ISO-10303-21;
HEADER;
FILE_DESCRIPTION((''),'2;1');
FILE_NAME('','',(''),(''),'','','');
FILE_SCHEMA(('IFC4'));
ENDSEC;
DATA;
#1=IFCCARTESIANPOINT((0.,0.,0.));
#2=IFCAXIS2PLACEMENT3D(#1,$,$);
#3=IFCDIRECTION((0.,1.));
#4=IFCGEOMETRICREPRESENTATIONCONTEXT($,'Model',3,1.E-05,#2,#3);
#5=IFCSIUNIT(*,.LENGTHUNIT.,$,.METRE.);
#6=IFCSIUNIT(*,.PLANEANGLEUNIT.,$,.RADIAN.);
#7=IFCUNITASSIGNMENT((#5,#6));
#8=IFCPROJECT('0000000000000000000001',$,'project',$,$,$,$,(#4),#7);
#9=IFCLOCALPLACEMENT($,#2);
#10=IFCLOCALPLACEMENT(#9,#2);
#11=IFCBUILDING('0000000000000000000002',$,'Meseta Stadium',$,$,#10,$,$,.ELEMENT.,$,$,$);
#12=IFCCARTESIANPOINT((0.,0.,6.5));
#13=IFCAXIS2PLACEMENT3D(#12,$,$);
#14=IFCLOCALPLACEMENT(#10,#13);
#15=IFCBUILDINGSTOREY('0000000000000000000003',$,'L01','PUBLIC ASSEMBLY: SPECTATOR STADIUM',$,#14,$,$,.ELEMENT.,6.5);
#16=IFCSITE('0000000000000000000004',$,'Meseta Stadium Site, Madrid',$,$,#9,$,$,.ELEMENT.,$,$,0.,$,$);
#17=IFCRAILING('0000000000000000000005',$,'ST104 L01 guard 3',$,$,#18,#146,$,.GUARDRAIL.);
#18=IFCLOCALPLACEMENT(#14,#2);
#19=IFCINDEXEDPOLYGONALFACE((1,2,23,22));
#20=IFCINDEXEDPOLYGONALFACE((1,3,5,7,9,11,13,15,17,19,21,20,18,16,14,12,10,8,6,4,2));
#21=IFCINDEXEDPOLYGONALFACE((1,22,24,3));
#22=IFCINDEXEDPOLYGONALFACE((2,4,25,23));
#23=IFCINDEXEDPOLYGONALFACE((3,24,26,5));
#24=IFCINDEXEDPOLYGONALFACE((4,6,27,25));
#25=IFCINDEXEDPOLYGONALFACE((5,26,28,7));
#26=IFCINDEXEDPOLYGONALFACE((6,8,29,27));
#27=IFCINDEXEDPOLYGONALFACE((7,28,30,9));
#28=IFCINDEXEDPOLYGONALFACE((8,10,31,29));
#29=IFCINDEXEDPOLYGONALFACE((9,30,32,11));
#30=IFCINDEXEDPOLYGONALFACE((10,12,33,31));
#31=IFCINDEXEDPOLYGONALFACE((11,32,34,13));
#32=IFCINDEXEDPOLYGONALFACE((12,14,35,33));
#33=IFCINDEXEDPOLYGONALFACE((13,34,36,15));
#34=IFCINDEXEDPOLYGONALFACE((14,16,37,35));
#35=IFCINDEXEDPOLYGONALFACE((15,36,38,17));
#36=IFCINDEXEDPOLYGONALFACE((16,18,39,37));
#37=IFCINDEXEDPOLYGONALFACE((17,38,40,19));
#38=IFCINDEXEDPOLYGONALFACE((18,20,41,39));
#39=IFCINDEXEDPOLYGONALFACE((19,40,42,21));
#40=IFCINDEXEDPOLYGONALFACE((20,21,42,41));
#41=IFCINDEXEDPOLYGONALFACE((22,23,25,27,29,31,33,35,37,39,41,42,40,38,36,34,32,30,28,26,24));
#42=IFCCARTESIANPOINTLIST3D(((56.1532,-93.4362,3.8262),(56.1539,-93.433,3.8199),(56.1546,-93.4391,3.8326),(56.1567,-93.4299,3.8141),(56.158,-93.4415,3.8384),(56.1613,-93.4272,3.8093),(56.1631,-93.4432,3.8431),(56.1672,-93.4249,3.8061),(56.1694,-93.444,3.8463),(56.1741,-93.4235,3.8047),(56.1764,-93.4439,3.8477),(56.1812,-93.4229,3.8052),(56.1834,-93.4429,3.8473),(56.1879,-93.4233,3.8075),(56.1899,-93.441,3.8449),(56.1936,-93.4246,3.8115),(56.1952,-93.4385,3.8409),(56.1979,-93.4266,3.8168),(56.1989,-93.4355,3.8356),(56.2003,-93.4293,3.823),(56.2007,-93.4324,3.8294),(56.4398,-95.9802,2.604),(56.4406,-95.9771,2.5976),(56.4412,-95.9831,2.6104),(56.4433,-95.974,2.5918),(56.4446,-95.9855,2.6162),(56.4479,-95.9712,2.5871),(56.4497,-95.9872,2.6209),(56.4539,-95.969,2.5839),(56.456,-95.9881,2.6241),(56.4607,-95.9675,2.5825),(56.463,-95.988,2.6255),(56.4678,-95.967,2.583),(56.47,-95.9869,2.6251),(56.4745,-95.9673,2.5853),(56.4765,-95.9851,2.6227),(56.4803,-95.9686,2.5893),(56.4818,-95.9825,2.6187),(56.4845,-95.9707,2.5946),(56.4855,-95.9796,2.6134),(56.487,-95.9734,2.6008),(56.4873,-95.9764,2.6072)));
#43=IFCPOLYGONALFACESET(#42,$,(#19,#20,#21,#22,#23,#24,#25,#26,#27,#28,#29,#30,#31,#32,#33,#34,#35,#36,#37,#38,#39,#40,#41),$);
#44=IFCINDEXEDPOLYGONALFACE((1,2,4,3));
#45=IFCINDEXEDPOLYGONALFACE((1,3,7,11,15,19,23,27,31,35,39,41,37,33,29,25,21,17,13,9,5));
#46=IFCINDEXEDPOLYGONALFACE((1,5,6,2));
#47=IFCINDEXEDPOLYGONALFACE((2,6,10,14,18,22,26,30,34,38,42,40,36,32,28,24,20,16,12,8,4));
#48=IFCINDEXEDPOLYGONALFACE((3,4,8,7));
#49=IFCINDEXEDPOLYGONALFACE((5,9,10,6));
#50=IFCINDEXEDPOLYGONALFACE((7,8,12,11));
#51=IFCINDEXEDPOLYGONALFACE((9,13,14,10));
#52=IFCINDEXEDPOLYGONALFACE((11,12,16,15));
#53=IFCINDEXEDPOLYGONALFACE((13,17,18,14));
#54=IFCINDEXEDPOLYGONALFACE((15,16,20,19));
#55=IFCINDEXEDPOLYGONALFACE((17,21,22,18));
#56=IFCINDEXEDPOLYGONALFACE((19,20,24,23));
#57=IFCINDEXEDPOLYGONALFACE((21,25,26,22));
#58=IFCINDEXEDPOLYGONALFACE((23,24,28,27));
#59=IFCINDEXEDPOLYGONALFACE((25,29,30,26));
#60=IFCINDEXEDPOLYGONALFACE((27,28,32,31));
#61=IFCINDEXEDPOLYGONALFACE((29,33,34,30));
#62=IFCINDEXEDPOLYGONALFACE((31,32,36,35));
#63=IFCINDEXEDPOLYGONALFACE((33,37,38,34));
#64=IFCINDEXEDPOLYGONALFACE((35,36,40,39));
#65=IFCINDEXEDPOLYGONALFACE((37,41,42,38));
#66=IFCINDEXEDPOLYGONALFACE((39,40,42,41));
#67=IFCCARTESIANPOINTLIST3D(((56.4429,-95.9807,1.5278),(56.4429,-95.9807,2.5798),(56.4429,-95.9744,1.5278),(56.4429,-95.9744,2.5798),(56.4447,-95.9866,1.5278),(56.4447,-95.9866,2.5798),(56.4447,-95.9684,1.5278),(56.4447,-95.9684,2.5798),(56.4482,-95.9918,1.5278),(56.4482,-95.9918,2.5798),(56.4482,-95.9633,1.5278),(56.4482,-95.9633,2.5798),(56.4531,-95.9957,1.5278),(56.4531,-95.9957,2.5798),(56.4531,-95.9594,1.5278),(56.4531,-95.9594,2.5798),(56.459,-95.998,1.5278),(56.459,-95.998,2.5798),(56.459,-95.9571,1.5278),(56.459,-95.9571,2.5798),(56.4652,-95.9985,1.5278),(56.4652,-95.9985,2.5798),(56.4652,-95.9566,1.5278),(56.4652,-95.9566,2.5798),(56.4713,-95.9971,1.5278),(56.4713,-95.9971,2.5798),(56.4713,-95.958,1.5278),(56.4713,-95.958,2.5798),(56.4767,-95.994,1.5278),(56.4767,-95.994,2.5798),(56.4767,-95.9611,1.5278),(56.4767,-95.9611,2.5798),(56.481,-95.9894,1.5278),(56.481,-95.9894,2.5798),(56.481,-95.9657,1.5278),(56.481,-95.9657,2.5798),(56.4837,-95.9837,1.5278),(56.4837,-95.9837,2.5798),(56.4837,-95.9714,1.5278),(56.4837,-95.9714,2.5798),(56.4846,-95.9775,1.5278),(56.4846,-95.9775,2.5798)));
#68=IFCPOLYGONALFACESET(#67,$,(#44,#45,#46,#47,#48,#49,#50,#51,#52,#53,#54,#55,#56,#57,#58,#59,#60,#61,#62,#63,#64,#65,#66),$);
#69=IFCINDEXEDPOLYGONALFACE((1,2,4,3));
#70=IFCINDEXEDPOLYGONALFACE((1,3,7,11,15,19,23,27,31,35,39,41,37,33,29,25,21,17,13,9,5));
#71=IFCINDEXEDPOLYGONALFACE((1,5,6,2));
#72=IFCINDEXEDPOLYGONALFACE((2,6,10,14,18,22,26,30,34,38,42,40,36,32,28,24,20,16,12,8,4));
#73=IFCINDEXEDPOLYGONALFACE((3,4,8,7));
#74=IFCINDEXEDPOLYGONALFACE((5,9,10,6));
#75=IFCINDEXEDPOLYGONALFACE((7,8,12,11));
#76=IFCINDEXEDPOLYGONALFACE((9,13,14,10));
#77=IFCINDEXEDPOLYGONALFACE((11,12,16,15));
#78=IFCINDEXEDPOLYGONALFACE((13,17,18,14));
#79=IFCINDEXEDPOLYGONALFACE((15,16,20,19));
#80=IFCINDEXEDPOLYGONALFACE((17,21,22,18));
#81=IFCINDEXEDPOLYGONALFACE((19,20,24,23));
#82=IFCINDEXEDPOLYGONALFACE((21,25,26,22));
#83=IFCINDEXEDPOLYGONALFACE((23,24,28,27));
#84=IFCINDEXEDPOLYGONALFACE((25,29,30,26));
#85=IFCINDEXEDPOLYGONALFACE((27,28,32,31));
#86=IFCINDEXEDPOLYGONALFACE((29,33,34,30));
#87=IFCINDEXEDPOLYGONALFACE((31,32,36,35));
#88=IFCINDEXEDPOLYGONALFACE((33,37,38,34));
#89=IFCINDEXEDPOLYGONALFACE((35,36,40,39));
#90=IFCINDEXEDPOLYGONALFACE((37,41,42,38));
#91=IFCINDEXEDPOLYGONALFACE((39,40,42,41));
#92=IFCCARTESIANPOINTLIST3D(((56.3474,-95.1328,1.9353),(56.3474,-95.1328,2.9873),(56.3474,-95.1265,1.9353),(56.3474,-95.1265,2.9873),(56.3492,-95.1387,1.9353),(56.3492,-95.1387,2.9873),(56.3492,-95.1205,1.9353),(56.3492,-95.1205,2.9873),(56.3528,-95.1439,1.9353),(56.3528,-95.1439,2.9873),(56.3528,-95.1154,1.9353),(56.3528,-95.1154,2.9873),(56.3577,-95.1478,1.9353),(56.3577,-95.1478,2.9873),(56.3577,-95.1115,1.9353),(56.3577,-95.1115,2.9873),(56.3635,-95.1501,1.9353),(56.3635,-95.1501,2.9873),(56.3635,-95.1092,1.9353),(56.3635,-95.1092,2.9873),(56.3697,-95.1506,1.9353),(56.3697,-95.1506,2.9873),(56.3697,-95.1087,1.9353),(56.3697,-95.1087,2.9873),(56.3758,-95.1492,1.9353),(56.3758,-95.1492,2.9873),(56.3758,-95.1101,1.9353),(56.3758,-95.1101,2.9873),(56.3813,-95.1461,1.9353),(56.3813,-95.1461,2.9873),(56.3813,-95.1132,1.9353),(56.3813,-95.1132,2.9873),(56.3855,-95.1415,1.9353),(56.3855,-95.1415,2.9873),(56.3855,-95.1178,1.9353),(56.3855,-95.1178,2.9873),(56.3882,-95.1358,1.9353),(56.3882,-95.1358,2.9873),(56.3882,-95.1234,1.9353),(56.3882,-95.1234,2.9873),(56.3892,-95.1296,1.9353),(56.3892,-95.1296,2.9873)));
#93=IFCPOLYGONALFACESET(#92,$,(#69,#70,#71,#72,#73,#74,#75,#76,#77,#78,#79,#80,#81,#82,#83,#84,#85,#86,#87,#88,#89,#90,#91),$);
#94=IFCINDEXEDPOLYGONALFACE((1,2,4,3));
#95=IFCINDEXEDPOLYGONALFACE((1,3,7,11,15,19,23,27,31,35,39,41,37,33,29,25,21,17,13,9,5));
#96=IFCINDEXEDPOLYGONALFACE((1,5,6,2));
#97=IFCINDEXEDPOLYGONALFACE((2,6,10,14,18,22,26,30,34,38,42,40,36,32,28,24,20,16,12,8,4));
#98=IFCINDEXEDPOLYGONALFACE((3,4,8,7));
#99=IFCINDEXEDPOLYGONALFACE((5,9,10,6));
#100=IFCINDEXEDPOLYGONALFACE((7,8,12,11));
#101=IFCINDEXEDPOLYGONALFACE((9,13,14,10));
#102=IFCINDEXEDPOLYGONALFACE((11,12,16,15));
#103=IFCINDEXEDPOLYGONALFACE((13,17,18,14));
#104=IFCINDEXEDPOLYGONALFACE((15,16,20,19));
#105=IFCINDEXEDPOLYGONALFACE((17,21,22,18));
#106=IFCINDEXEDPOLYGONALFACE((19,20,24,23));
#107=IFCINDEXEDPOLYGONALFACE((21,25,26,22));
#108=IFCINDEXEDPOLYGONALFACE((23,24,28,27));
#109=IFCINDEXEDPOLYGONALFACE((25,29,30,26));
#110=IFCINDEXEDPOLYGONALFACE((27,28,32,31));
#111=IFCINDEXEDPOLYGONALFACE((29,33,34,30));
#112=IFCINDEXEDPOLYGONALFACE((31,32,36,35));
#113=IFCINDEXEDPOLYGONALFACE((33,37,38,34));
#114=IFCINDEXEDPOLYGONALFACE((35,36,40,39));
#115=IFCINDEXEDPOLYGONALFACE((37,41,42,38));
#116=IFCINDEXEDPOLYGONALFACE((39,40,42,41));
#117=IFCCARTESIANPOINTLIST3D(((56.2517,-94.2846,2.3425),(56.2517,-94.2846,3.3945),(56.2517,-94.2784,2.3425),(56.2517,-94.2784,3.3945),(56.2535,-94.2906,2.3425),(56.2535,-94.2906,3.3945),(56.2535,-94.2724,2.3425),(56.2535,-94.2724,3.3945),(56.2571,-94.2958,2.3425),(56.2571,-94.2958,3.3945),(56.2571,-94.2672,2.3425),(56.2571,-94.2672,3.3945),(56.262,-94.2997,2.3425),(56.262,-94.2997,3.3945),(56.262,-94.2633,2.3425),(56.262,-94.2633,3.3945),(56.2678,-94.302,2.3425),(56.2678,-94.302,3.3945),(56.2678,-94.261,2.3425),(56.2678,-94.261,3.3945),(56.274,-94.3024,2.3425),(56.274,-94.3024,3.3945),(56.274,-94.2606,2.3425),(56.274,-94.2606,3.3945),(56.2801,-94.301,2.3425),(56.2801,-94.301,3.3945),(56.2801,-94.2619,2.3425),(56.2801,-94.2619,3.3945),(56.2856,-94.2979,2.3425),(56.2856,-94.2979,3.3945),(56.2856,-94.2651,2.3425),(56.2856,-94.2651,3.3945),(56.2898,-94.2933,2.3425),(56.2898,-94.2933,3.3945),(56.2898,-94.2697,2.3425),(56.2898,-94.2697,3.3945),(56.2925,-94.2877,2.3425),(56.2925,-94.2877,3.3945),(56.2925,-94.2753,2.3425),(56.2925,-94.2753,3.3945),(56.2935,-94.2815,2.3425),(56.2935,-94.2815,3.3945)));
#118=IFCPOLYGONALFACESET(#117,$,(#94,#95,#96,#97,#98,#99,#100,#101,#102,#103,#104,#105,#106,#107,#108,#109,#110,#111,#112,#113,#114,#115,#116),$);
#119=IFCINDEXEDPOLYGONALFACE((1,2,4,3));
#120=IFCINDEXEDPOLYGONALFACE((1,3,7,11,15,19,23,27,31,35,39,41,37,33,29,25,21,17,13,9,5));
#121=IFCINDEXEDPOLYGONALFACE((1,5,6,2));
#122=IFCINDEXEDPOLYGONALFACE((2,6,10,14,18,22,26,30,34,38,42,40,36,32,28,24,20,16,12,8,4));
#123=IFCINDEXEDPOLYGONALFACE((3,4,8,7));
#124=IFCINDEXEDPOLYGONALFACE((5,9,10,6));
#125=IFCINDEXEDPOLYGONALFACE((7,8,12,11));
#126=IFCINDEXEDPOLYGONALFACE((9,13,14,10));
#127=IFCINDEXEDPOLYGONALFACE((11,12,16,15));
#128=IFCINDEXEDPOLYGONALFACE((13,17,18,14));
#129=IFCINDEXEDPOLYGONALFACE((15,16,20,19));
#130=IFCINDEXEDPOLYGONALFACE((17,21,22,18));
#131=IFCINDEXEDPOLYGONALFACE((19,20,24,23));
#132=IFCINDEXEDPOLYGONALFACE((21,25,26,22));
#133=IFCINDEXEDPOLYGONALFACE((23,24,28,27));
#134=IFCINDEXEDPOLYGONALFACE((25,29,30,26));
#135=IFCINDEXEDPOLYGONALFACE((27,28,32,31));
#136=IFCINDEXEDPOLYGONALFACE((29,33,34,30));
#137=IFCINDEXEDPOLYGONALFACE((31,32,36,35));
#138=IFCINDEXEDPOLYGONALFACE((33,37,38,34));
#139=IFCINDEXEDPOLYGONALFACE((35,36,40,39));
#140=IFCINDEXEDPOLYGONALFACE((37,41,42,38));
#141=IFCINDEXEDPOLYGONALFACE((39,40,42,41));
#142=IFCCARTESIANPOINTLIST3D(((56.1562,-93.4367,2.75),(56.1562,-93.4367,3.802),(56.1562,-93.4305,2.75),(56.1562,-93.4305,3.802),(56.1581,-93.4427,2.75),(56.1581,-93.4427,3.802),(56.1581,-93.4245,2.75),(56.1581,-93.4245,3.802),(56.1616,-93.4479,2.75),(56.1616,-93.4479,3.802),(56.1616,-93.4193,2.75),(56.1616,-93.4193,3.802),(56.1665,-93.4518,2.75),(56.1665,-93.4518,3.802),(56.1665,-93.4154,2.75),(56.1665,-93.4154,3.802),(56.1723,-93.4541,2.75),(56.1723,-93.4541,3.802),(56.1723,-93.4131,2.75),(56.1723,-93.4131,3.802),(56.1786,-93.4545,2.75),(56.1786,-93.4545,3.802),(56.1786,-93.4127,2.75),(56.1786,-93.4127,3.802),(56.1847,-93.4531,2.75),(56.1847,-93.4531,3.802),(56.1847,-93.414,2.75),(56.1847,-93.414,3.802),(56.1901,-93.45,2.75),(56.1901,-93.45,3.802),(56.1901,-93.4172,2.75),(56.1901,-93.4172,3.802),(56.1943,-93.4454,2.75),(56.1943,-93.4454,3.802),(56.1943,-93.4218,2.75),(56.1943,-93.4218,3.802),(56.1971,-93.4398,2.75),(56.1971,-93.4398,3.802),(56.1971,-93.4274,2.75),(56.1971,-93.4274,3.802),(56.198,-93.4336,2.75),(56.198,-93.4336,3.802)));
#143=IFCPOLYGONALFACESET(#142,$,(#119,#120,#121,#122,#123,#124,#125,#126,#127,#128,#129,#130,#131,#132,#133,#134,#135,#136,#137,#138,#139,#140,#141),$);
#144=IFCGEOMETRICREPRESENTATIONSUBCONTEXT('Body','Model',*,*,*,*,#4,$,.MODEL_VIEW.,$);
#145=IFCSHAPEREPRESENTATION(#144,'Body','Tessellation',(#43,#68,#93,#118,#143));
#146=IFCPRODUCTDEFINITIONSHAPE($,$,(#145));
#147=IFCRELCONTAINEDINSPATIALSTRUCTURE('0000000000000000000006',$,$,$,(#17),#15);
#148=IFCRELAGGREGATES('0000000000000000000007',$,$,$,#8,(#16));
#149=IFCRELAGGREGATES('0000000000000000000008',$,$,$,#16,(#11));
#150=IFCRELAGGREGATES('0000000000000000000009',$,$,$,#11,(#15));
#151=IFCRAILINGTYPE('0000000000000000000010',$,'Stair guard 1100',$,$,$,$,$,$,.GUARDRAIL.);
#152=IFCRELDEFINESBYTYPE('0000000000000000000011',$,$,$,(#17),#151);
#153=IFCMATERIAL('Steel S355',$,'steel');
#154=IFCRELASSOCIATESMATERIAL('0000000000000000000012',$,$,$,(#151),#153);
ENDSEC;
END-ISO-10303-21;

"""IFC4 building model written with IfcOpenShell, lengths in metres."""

from ifc_helpers import new_model, si_unit, direction, frame, origin, origin_2d, place, context, subcontext, project, spatial, circle, extrude, material, type_object, element, save


model = new_model("IFC4")

# Units and contexts
model_context = context("Model", 3, precision=1e-05, world=origin(), true_north=direction((0.0, 1.0)))
body_context = subcontext(model_context, "Body", "Model", "MODEL_VIEW")
ifc_project = project(units=[si_unit("LENGTHUNIT", "METRE"), si_unit("PLANEANGLEUNIT", "RADIAN")], contexts=[model_context])

# Site, building, storey
site_placement = place(None, origin())
site = spatial("IfcSite", under=ifc_project, at=site_placement, Name="Meseta Stadium Site, Madrid", CompositionType="ELEMENT", RefElevation=0.0)
building_placement = place(site_placement, origin())
building = spatial("IfcBuilding", under=site, at=building_placement, Name="Meseta Stadium", CompositionType="ELEMENT")
storey_placement = place(building_placement, frame((0.0, 0.0, 6.5)))
storey = spatial("IfcBuildingStorey", under=building, at=storey_placement, Name="L01", Description="PUBLIC ASSEMBLY: SPECTATOR STADIUM", CompositionType="ELEMENT", Elevation=6.5)

# Railing
ifc_material_1 = material(Name="Steel S355", Category="steel")
railing_type_1 = type_object("IfcRailingType", Name="Stair guard 1100", PredefinedType="GUARDRAIL", material=ifc_material_1)
railing_1_placement = place(storey_placement, frame((56.4636, -95.9775, 1.5278)))
element("IfcRailing", 1, at=railing_1_placement, inside=storey, type_object=railing_type_1, Name="ST104 L01 guard 3", PredefinedType="GUARDRAIL", context=body_context, shape_type="SweptSolid", body=[
    extrude(circle(Radius=0.0239, at=origin_2d()), frame((0.0, 0.0, 1.0762), z_axis=(-0.101036, 0.896762, 0.430824), x_axis=(-0.993713, -0.11196, 0.0)), (0.0, 0.0, 1.0), 2.8369),
    extrude(circle(Radius=0.021, at=origin_2d()), origin(), (0.0, 0.0, 1.0), 1.052),
    extrude(circle(Radius=0.021, at=origin_2d()), frame((-0.0955, 0.8479, 0.4075)), (0.0, 0.0, 1.0), 1.052),
    extrude(circle(Radius=0.021, at=origin_2d()), frame((-0.1912, 1.696, 0.8147)), (0.0, 0.0, 1.0), 1.052),
    extrude(circle(Radius=0.021, at=origin_2d()), frame((-0.2866, 2.5439, 1.2222)), (0.0, 0.0, 1.0), 1.052),
])

save(model, "model.ifc")
